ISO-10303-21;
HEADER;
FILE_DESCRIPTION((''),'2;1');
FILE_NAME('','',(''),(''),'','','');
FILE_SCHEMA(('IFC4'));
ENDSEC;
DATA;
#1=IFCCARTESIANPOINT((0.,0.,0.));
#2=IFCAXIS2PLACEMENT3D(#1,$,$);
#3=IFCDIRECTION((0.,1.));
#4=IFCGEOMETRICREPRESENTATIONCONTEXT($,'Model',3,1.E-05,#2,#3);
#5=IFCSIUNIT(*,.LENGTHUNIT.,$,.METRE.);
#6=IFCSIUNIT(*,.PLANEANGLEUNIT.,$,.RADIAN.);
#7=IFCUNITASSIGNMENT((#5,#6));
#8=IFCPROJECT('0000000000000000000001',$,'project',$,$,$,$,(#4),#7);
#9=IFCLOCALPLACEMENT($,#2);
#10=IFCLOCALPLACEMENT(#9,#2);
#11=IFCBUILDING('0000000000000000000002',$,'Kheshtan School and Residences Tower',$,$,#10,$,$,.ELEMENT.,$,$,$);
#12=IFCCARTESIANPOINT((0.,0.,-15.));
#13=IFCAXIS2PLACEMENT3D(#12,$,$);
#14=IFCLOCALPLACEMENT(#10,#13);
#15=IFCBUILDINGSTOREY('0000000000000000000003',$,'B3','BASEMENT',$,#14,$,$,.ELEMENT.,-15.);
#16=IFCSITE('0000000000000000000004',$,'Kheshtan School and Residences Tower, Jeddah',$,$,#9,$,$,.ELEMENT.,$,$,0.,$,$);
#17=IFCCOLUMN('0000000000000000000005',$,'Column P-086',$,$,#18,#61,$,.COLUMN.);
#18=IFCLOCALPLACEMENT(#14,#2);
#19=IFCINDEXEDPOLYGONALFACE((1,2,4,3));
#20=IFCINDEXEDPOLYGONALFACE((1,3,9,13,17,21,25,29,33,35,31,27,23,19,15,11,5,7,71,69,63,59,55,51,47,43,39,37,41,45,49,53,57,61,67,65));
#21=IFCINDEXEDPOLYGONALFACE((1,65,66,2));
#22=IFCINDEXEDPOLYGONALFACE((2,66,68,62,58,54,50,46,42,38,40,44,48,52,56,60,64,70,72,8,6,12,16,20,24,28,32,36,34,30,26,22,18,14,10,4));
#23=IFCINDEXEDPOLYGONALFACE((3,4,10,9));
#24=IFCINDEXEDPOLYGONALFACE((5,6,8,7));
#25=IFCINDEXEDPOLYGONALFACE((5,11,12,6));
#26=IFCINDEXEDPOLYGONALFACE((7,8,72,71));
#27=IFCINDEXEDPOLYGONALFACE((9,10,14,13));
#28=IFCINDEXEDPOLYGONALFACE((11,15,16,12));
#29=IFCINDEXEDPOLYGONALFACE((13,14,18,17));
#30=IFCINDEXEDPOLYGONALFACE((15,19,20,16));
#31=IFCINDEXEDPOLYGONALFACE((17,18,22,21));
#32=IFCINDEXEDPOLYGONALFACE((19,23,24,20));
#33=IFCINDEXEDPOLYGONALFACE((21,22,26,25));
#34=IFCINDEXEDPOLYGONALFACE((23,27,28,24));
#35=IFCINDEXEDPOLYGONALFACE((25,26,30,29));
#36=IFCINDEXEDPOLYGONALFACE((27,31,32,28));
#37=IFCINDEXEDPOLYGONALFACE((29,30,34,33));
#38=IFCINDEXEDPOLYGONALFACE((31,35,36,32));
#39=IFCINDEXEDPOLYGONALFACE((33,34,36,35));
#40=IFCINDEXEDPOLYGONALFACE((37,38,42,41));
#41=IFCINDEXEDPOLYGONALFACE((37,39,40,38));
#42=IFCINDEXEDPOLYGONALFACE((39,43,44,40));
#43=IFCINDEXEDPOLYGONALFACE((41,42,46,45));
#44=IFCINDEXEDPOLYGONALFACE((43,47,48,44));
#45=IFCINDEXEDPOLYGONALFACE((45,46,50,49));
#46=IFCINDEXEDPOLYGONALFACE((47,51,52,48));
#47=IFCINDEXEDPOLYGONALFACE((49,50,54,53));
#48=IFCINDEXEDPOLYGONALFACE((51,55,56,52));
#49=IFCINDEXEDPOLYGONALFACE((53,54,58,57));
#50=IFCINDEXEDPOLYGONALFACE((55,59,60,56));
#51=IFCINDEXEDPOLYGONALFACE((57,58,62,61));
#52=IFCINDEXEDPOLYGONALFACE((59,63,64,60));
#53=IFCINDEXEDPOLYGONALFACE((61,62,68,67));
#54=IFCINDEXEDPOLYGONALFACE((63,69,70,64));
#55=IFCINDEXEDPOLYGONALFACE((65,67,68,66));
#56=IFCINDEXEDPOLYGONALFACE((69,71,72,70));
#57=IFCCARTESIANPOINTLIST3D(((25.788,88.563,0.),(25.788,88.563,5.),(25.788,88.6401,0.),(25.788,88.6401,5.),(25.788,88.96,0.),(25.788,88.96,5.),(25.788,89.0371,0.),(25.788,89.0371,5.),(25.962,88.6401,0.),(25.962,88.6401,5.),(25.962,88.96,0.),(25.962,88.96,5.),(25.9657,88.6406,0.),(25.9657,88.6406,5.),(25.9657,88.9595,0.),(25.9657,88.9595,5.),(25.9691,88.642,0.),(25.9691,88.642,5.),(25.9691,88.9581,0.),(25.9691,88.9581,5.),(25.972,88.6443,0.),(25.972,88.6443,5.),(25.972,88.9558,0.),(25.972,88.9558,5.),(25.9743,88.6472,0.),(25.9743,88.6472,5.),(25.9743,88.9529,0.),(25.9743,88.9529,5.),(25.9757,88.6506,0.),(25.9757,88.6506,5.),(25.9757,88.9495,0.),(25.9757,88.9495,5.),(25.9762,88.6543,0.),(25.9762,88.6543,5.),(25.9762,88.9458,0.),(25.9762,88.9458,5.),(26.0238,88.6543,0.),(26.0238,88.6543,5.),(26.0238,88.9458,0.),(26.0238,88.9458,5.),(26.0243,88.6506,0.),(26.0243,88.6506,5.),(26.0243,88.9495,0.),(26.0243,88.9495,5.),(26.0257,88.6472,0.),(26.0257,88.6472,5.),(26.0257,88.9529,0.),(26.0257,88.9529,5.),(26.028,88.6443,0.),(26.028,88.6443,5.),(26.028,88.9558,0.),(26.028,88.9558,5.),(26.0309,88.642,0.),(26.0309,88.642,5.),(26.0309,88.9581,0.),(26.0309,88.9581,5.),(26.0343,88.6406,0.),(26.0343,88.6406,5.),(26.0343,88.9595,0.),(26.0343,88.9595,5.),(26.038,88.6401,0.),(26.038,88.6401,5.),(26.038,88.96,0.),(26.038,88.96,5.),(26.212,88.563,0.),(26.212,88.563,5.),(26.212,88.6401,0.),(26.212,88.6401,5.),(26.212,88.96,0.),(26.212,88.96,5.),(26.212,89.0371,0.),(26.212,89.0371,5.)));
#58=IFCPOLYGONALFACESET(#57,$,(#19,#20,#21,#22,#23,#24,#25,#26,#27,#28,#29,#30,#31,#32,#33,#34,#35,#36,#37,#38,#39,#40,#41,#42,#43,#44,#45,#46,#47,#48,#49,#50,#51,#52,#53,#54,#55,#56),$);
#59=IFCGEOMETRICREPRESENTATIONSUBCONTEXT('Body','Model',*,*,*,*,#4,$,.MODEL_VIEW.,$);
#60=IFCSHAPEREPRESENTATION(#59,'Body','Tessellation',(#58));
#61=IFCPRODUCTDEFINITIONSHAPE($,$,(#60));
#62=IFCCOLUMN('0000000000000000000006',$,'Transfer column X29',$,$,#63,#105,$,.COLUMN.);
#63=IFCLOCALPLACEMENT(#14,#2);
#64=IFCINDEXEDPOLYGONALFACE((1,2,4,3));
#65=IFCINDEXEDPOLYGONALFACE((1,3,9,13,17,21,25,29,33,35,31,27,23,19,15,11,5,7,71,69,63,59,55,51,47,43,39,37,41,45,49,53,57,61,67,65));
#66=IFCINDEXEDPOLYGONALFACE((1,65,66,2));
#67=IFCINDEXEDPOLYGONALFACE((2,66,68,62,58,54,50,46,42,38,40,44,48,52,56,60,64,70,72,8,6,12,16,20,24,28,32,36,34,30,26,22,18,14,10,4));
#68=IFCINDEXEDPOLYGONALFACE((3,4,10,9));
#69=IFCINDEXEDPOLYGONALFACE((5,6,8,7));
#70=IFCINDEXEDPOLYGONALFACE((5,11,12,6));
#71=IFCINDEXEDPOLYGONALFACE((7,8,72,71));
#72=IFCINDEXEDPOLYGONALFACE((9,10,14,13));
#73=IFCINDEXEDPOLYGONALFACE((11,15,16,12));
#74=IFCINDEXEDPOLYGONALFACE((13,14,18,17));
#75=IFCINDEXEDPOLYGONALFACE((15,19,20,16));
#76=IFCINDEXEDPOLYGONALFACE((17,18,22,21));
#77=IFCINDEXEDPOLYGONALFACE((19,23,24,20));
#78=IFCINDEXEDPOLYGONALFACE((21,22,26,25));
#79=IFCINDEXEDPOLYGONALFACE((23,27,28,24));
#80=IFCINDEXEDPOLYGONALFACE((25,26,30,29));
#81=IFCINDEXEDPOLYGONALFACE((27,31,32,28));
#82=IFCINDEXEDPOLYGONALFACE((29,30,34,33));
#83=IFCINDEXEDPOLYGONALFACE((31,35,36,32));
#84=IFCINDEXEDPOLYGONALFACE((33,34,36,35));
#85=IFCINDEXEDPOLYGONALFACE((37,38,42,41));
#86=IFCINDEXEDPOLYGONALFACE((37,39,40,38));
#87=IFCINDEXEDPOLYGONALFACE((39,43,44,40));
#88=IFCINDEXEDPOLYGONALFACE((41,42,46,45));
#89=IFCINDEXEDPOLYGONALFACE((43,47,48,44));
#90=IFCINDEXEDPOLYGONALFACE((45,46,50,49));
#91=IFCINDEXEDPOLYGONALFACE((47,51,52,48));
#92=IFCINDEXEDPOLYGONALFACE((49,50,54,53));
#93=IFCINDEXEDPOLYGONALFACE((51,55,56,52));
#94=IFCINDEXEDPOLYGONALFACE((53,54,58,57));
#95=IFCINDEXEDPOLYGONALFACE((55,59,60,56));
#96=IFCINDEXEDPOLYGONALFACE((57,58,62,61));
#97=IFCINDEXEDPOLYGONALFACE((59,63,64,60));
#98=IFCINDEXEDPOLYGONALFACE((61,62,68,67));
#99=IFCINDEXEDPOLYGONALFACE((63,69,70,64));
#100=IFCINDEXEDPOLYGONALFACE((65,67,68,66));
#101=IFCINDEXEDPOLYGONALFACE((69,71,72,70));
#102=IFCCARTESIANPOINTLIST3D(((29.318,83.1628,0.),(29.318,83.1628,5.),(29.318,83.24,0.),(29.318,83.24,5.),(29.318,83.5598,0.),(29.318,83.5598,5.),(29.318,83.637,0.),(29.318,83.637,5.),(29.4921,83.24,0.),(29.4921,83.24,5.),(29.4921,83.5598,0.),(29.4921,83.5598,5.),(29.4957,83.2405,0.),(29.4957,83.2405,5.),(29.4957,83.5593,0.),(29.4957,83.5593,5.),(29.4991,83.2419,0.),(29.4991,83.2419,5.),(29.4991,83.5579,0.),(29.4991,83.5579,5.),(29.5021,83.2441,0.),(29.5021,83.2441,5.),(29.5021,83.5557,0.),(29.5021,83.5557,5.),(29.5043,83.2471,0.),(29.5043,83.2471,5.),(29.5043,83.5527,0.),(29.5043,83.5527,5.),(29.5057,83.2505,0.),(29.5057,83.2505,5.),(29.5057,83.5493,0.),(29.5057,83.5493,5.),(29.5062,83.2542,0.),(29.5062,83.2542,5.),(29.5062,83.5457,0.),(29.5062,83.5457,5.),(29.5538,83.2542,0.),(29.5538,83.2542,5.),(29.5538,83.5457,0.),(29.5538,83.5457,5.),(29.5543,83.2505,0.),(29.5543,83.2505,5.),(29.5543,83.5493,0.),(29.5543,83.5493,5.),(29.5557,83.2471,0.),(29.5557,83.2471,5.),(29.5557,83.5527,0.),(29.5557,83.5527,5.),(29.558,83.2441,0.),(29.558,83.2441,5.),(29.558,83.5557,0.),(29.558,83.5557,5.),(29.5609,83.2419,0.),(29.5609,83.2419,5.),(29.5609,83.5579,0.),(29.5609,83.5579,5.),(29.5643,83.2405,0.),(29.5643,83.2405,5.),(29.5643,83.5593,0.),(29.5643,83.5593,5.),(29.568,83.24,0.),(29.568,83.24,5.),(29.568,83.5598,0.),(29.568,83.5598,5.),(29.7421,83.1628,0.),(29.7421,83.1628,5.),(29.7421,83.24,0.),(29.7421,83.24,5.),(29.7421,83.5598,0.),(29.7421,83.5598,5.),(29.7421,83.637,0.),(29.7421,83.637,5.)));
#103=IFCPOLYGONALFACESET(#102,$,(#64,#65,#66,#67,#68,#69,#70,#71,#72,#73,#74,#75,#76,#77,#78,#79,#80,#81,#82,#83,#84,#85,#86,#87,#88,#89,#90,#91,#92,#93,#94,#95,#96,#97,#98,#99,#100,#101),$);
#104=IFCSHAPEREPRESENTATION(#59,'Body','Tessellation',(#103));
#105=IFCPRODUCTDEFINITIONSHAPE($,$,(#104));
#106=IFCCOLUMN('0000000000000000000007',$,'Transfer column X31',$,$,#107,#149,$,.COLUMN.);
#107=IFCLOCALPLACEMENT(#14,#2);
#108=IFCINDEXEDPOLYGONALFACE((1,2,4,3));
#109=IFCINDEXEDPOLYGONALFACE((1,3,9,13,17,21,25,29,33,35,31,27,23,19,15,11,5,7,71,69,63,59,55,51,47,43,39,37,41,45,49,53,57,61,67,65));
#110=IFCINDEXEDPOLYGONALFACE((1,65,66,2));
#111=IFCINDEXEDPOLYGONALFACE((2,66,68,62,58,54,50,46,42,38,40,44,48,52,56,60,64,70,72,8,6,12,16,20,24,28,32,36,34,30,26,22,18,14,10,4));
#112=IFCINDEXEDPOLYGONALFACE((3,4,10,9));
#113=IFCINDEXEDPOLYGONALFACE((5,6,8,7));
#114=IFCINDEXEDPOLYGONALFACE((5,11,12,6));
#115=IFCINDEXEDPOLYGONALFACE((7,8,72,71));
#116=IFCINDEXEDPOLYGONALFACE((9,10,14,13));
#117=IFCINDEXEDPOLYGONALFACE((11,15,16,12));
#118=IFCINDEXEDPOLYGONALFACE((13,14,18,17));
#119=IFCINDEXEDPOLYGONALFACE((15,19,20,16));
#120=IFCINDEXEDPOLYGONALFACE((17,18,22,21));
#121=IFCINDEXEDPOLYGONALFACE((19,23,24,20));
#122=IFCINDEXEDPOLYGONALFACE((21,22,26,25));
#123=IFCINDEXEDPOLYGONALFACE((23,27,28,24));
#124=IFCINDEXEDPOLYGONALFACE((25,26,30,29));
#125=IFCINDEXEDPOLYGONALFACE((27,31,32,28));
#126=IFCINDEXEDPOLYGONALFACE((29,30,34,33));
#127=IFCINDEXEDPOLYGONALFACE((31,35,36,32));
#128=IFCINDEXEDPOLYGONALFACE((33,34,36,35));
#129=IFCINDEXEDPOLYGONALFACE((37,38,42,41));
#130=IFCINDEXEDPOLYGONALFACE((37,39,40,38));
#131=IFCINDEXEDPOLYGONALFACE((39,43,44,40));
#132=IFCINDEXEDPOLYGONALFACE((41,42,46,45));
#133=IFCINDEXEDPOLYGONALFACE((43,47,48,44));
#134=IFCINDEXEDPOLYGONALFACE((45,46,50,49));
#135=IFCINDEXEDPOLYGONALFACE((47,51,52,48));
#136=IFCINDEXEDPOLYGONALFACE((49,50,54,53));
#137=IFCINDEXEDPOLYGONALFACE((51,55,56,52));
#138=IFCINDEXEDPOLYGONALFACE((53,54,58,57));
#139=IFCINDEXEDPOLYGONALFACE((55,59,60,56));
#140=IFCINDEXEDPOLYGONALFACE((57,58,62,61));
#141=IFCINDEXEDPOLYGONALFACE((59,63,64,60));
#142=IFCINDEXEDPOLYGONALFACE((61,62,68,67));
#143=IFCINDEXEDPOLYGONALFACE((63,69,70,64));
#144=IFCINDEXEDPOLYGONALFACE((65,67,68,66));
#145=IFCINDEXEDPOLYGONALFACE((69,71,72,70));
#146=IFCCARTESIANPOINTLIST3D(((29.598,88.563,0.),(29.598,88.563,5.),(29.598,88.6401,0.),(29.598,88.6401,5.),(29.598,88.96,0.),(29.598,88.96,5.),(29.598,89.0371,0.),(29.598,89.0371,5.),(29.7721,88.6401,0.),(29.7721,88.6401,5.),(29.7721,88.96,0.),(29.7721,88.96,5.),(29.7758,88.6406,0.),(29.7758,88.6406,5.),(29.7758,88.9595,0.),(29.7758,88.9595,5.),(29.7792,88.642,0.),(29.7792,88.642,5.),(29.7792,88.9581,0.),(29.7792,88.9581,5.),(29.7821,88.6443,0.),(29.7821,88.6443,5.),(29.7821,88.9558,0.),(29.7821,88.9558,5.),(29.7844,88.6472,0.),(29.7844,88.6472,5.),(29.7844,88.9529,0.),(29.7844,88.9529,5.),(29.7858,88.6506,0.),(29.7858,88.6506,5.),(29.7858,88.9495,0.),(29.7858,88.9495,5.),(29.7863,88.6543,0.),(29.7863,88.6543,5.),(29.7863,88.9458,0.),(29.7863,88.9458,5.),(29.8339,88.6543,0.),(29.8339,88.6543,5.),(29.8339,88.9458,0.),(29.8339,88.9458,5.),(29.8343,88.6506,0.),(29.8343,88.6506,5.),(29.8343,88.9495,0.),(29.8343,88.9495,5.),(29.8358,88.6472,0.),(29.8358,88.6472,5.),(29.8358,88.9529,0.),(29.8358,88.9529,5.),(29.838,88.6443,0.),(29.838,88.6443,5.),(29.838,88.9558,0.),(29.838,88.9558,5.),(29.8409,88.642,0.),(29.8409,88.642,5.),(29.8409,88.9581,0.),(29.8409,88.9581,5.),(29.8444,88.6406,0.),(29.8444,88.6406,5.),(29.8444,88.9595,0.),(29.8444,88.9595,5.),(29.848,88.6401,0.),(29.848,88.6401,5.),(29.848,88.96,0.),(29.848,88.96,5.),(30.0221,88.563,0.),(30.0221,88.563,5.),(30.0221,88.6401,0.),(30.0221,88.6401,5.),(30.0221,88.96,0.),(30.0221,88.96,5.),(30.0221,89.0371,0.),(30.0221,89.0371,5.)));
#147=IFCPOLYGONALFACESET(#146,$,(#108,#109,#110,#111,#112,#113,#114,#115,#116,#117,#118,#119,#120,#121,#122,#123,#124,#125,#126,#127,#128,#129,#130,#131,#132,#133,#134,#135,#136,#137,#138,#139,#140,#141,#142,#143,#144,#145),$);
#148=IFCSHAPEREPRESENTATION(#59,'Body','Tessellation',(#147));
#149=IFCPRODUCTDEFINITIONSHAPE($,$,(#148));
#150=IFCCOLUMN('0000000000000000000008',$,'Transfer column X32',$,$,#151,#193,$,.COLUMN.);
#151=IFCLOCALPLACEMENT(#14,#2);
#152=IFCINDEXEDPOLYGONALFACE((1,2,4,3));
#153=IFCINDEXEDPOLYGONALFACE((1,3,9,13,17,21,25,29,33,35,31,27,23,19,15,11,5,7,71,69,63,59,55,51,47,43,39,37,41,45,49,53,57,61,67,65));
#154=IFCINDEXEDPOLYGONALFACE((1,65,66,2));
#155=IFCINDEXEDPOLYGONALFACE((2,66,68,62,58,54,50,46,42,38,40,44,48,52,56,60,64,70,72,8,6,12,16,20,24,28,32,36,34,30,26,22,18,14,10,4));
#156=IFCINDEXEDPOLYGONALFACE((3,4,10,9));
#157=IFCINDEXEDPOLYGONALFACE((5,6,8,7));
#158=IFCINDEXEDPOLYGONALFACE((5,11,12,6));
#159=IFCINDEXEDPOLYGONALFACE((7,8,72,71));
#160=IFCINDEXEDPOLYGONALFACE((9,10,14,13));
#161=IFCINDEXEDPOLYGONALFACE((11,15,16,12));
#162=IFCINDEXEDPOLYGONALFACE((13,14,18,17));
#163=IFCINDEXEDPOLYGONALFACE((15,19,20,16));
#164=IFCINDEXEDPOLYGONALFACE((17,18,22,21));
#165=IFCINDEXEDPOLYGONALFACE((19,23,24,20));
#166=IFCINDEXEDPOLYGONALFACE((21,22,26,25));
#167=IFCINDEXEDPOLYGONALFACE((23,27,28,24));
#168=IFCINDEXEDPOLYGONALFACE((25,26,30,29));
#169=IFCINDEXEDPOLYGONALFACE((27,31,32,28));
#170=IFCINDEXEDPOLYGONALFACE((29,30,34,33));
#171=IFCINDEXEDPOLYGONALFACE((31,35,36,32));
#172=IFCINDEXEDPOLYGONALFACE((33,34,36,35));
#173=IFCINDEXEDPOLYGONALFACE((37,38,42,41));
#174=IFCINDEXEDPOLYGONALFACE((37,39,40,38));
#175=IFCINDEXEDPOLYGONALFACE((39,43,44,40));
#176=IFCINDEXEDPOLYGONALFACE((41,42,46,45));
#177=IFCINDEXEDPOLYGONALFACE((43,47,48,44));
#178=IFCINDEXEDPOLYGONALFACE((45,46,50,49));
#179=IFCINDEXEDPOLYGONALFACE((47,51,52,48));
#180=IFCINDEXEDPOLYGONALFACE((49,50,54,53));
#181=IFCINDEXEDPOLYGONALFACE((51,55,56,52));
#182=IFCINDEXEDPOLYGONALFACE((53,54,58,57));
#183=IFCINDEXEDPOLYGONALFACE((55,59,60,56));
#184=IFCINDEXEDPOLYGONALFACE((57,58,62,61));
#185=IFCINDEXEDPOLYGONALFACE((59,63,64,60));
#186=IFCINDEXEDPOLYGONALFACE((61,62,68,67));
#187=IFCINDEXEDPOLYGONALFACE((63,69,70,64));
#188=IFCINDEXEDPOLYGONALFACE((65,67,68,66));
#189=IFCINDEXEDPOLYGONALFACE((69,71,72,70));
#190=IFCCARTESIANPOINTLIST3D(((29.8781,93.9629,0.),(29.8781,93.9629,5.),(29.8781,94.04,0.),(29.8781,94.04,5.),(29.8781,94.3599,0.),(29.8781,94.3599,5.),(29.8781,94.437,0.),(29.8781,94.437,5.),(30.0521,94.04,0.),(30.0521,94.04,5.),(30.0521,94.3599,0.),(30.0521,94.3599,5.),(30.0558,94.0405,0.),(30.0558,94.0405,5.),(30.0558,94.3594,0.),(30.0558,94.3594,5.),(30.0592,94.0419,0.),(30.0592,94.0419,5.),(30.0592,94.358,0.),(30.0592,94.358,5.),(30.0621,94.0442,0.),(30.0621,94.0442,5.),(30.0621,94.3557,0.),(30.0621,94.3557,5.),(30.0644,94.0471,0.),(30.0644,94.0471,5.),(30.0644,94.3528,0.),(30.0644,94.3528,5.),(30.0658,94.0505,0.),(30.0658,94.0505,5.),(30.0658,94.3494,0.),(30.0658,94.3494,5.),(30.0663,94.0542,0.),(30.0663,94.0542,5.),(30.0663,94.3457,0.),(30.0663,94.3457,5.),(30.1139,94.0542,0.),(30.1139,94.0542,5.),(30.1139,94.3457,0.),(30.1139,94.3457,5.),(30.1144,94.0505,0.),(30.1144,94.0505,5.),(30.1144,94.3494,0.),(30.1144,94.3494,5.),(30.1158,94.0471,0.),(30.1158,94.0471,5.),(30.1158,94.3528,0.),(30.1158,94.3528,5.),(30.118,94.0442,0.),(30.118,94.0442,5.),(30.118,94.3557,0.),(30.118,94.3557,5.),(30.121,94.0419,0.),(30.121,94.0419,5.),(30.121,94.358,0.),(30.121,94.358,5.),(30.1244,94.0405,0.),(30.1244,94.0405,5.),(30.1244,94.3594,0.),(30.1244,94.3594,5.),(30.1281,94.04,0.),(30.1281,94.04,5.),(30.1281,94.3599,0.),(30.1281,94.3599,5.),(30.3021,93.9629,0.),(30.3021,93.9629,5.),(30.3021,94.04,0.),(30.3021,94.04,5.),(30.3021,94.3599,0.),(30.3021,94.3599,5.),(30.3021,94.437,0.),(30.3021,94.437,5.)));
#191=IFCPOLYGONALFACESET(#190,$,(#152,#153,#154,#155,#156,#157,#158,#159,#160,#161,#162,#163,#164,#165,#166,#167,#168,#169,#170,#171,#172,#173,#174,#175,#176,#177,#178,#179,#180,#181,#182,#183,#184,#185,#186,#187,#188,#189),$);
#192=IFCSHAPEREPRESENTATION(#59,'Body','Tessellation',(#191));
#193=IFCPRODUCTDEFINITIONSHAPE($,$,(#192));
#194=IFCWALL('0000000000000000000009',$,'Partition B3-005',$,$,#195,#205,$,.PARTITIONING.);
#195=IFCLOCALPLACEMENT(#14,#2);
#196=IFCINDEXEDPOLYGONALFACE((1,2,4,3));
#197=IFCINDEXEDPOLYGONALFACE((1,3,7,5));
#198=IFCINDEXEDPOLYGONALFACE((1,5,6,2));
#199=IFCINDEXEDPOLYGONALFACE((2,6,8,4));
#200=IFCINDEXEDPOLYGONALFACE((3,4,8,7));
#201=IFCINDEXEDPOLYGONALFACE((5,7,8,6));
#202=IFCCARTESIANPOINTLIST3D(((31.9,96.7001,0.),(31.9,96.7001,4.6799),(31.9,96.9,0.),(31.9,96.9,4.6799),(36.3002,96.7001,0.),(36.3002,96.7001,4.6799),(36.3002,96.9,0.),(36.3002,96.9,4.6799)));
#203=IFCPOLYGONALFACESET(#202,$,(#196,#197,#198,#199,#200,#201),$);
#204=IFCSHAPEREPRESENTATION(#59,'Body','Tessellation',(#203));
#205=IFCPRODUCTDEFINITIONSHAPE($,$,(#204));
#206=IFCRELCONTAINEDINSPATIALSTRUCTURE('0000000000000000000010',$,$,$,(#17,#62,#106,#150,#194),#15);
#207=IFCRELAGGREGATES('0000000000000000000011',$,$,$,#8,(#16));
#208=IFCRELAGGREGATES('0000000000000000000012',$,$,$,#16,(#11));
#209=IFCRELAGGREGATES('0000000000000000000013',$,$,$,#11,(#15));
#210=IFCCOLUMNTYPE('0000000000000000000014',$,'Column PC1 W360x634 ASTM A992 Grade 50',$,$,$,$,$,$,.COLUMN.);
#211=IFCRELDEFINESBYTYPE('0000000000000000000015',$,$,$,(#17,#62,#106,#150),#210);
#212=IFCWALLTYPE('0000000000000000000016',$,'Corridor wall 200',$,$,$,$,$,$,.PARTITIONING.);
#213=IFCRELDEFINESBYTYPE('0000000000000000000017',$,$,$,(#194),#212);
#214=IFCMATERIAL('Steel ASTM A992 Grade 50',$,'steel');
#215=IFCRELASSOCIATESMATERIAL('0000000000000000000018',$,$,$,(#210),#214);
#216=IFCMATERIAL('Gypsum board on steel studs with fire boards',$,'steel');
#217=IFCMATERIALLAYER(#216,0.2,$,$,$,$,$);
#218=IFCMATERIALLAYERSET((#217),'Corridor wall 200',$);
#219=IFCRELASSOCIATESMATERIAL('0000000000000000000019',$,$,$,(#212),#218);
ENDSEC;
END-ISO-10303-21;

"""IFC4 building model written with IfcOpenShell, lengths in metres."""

from ifc_helpers import new_model, si_unit, direction, frame, frame_2d, origin, origin_2d, place, context, subcontext, project, spatial, rectangle, i_section, extrude, material, layer, layer_set, material_profile, profile_set, type_object, element, save


model = new_model("IFC4")

# Units and contexts
model_context = context("Model", 3, precision=1e-05, world=origin(), true_north=direction((0.0, 1.0)))
body_context = subcontext(model_context, "Body", "Model", "MODEL_VIEW")
ifc_project = project(units=[si_unit("LENGTHUNIT", "METRE"), si_unit("PLANEANGLEUNIT", "RADIAN")], contexts=[model_context])

# Site, building, storey
site_placement = place(None, origin())
site = spatial("IfcSite", under=ifc_project, at=site_placement, Name="Kheshtan School and Residences Tower, Jeddah", CompositionType="ELEMENT", RefElevation=0.0)
building_placement = place(site_placement, origin())
building = spatial("IfcBuilding", under=site, at=building_placement, Name="Kheshtan School and Residences Tower", CompositionType="ELEMENT")
storey_placement = place(building_placement, frame((0.0, 0.0, -15.0)))
storey = spatial("IfcBuildingStorey", under=building, at=storey_placement, Name="B3", Description="BASEMENT", CompositionType="ELEMENT", Elevation=-15.0)

# Columns
ifc_material_1 = material(Name="Steel ASTM A992 Grade 50", Category="steel")
ifc_material_profile_1 = material_profile(ifc_material_1, i_section(OverallWidth=0.4241, OverallDepth=0.4741, WebThickness=0.0476, FlangeThickness=0.0771, FilletRadius=0.0142, at=origin_2d()), Name="W360x634")
ifc_profile_set_1 = profile_set([ifc_material_profile_1], Name="Steel ASTM A992 Grade 50")
column_type = type_object("IfcColumnType", Name="Column PC1 W360x634 ASTM A992 Grade 50", PredefinedType="COLUMN", material=ifc_profile_set_1)
for number, where, z_axis, x_axis, name in (
    (1, (26.0, 88.8, 0.0), (0.0, 0.0, 1.0), (1.0, 0.0, 0.0), "Column P-086"),
    (2, (29.53, 83.3999, 0.0), (0.0, 0.0, 1.0), (1.0, 0.0, 0.0), "Transfer column X29"),
    (3, (29.8101, 88.8, 0.0), (0.0, 0.0, 1.0), (1.0, 0.0, 0.0), "Transfer column X31"),
    (4, (30.0901, 94.2, 0.0), (0.0, 0.0, 1.0), (1.0, 0.0, 0.0), "Transfer column X32"),
):
    element("IfcColumn", number, at=place(storey_placement, frame(where, z_axis=z_axis, x_axis=x_axis)), inside=storey, type_object=column_type, Name=name, PredefinedType="COLUMN", context=body_context, shape_type="SweptSolid", body=[
        extrude(i_section(OverallWidth=0.4241, OverallDepth=0.4741, WebThickness=0.0476, FlangeThickness=0.0771, FilletRadius=0.0142, at=origin_2d()), origin(), (0.0, 0.0, 1.0), 5.0),
    ])

# Wall
ifc_material_2 = material(Name="Gypsum board on steel studs with fire boards", Category="steel")
ifc_layer = layer(ifc_material_2, 0.2)
ifc_layer_set = layer_set([ifc_layer], Name="Corridor wall 200")
wall_type = type_object("IfcWallType", Name="Corridor wall 200", PredefinedType="PARTITIONING", material=ifc_layer_set)
wall_1_placement = place(storey_placement, frame((31.8999, 96.8, 0.0), z_axis=(0.0, 0.0, 1.0), x_axis=(1.0, 0.0, 0.0)))
element("IfcWall", 5, at=wall_1_placement, inside=storey, type_object=wall_type, Name="Partition B3-005", PredefinedType="PARTITIONING", context=body_context, shape_type="SweptSolid", body=[
    extrude(rectangle(XDim=4.4001, YDim=0.2, at=frame_2d((2.2002, 0.0))), origin(), (0.0, 0.0, 1.0), 4.6799),
])

save(model, "model.ifc")
